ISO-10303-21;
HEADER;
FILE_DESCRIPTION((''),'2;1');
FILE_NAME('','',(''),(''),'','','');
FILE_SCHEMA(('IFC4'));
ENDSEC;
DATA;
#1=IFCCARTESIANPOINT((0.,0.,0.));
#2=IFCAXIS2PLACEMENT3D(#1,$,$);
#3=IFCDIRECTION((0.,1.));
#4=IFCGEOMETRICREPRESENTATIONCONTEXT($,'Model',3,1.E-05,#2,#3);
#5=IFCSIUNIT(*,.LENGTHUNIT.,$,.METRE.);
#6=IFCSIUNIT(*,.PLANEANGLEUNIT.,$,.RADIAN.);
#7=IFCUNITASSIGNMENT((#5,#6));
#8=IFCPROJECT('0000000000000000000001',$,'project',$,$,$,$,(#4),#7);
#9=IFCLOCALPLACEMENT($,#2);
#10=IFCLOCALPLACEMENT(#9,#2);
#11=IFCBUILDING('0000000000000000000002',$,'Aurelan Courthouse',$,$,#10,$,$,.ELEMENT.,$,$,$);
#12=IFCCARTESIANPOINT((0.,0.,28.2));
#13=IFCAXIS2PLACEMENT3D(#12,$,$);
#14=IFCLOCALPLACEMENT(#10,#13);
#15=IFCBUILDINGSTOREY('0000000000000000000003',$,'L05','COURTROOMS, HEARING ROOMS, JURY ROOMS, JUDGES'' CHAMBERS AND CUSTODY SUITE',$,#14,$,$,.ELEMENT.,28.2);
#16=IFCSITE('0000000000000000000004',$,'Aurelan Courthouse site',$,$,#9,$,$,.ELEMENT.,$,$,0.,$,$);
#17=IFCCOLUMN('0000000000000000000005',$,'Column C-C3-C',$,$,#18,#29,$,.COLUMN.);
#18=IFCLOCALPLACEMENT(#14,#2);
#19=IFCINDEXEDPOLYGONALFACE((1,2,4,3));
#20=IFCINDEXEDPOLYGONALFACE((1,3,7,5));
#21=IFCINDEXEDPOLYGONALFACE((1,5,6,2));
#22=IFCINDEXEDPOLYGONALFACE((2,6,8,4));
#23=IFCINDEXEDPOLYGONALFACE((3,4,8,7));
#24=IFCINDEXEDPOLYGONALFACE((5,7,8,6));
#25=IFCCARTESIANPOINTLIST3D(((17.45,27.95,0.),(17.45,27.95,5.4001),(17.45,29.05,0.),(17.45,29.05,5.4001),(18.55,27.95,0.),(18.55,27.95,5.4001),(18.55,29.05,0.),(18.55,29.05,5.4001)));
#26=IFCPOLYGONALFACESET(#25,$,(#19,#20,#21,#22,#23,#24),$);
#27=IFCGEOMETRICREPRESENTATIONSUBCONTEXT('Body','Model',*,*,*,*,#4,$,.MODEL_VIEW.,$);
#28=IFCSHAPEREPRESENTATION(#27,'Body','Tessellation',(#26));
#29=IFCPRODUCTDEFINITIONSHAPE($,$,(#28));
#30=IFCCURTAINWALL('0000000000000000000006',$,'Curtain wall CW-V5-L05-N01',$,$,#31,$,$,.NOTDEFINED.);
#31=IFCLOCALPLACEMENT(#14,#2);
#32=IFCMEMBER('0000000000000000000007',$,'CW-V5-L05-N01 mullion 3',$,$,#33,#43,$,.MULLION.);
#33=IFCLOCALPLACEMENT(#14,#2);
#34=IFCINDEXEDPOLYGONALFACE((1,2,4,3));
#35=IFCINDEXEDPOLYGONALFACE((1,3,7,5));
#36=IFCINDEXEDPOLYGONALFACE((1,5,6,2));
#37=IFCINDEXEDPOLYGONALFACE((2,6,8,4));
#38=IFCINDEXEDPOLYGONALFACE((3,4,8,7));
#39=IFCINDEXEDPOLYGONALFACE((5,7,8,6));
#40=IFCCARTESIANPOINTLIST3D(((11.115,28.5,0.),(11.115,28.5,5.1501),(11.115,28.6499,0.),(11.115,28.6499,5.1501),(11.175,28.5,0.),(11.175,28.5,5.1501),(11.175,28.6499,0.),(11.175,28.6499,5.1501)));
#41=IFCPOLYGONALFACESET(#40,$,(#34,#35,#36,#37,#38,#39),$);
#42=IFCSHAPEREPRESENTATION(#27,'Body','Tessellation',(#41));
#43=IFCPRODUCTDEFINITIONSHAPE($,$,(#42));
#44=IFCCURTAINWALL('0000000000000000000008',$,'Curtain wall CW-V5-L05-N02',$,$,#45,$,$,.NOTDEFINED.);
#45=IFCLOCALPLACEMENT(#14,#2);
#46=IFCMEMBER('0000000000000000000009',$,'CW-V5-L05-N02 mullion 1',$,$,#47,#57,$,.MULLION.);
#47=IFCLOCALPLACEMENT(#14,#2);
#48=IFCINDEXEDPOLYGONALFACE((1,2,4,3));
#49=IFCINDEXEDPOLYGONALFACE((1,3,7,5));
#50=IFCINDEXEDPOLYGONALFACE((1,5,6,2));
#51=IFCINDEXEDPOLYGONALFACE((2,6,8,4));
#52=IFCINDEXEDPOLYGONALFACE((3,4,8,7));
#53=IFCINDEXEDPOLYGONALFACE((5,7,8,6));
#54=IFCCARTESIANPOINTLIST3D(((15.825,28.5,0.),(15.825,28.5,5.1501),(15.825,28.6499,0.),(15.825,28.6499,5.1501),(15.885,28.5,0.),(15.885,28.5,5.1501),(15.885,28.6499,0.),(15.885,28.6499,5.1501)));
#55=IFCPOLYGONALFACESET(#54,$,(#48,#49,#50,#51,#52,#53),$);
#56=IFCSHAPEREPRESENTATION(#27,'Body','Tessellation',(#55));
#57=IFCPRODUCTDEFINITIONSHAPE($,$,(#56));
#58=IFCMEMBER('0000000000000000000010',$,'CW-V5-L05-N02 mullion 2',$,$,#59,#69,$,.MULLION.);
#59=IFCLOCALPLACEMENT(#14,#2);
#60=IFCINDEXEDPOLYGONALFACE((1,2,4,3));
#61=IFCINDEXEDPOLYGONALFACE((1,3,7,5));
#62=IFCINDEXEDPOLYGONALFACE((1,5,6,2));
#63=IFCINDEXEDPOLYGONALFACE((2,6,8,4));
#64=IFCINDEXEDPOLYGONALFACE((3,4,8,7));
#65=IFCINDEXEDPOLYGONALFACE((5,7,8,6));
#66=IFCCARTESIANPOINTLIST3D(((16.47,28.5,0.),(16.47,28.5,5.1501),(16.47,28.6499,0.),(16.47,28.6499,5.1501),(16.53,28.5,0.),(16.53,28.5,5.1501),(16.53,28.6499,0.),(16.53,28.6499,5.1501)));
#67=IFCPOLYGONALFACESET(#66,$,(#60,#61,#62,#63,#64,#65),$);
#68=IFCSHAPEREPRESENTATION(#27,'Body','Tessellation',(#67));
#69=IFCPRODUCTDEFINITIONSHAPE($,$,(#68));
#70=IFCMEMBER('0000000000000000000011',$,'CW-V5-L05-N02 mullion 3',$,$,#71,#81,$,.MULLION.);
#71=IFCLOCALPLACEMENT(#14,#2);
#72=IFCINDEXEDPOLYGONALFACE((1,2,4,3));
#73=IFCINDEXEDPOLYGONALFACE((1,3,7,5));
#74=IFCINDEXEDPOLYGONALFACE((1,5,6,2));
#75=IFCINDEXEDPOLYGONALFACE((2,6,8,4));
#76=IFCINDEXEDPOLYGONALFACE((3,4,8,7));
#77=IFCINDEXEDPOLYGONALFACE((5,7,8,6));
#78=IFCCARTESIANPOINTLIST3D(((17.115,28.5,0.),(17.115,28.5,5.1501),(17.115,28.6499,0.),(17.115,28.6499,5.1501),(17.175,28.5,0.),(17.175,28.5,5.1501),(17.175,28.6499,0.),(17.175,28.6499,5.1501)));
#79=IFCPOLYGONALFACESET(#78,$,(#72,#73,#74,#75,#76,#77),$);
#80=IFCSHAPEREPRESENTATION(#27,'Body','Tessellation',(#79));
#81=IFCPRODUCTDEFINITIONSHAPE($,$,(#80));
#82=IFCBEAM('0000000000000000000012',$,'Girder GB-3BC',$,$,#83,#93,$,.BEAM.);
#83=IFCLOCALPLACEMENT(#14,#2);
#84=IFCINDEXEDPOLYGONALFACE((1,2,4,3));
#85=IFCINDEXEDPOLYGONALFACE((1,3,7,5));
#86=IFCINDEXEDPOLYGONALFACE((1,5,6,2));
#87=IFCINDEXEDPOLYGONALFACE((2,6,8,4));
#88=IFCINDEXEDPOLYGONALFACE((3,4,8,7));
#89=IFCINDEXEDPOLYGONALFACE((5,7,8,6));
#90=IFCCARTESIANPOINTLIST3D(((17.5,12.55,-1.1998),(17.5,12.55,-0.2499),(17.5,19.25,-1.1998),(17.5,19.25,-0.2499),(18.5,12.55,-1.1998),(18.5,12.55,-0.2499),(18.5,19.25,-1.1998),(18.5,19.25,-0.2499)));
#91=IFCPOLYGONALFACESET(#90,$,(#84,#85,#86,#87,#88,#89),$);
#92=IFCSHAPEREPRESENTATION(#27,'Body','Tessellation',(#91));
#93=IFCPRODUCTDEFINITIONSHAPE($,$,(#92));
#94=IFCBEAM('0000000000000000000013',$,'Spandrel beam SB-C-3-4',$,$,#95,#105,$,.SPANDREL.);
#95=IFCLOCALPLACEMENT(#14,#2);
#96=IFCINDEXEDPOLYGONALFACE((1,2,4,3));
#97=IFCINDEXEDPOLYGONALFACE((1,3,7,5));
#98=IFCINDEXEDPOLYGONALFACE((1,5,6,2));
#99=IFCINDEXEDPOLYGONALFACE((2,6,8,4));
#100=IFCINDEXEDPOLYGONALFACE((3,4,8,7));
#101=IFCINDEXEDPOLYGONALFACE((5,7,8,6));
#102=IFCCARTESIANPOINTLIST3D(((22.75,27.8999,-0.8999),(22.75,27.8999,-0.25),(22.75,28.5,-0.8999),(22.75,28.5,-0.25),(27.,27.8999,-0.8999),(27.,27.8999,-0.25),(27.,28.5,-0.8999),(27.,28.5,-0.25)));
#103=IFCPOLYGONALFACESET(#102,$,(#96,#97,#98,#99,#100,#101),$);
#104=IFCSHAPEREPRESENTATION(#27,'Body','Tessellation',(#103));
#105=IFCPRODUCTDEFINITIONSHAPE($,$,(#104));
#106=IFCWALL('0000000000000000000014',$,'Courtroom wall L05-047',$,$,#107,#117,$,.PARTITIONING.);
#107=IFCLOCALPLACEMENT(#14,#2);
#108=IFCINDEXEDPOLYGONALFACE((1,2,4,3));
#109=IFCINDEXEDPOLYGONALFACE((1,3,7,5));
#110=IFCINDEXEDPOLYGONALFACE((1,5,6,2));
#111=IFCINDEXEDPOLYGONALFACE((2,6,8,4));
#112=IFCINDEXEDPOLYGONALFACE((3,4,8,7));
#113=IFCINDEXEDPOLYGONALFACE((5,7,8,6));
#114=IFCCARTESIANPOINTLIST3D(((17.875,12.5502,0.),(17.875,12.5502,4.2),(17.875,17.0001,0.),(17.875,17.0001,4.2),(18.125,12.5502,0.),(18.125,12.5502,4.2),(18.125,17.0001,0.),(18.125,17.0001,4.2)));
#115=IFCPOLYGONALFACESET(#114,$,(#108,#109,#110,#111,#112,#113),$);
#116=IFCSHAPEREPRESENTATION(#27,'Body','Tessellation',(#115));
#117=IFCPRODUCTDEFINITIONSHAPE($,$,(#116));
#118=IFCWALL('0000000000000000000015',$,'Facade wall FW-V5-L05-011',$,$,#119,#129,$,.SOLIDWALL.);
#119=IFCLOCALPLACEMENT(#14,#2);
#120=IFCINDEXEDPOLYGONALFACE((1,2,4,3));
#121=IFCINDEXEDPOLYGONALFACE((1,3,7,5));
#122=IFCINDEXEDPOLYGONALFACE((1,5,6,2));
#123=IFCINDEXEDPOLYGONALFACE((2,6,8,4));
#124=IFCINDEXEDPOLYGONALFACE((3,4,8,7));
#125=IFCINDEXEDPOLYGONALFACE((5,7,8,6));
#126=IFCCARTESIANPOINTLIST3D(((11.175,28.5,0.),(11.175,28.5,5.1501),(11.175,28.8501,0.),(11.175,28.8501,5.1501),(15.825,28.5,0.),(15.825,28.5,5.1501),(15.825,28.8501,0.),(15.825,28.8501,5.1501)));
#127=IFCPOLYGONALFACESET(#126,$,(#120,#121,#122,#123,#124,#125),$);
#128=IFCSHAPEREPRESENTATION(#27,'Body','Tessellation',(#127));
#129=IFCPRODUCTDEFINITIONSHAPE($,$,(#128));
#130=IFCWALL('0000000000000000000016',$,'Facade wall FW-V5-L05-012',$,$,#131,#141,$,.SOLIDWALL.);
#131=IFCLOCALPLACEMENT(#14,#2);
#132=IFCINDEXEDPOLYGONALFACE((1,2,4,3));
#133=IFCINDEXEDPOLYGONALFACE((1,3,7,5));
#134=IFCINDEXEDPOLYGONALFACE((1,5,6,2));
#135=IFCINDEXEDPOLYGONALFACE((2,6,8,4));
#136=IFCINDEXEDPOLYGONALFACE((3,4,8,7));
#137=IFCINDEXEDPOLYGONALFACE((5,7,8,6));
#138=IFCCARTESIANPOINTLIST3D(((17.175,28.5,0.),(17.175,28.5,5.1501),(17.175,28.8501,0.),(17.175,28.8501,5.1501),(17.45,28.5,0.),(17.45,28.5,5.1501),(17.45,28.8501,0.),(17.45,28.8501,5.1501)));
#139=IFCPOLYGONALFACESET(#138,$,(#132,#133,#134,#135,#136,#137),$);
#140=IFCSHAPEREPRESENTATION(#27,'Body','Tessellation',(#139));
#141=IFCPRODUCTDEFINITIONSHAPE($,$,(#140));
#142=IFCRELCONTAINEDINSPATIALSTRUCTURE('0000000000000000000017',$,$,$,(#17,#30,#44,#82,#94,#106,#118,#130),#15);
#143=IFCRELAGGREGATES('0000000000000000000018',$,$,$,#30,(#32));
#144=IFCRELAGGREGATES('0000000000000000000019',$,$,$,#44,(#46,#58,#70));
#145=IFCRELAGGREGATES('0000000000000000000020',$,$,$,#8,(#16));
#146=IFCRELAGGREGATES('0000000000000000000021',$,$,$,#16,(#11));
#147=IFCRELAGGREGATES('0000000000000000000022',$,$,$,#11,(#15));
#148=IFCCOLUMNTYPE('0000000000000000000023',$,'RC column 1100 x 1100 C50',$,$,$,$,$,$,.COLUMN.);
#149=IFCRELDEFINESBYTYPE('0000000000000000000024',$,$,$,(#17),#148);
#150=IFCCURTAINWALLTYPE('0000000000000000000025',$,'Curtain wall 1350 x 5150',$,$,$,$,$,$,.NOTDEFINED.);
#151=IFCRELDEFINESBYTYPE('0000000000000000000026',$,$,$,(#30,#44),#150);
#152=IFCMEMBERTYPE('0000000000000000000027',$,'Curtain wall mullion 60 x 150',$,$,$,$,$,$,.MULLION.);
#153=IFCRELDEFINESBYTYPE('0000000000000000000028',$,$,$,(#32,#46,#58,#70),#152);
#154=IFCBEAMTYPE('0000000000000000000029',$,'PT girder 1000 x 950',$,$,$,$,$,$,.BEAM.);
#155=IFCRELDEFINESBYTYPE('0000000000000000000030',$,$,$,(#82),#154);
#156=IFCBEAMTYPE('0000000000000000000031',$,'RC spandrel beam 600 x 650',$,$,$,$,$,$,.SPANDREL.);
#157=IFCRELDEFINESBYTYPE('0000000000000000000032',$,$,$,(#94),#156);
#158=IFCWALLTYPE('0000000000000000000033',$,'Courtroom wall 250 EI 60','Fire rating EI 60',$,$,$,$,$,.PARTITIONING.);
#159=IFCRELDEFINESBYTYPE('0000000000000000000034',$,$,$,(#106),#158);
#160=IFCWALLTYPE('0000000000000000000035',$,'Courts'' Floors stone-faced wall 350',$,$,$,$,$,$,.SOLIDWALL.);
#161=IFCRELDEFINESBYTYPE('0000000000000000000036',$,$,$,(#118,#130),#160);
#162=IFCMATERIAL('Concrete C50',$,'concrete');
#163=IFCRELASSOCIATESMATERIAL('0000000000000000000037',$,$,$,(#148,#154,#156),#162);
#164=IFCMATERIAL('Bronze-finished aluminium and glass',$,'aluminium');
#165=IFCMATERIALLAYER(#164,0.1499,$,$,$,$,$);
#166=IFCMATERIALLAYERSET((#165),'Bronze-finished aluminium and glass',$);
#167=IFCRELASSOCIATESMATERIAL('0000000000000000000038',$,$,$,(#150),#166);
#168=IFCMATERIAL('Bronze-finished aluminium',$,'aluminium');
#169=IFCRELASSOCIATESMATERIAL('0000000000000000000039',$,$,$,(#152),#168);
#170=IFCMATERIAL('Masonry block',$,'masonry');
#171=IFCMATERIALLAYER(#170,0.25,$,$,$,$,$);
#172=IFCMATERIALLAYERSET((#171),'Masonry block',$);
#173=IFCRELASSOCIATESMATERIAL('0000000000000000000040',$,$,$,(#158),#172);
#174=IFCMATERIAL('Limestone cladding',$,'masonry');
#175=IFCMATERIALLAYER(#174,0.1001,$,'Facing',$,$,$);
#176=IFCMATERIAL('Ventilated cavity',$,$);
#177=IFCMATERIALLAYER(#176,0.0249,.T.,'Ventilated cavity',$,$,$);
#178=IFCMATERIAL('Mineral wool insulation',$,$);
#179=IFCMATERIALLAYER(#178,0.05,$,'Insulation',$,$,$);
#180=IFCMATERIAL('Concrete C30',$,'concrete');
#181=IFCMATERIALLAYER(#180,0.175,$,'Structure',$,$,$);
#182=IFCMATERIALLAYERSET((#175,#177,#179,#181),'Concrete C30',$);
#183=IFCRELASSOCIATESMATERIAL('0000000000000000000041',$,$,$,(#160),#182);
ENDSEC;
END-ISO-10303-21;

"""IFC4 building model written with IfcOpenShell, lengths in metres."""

from ifc_helpers import new_model, si_unit, direction, frame, frame_2d, origin, origin_2d, place, context, subcontext, project, spatial, rectangle, extrude, material, layer, layer_set, material_profile, profile_set, type_object, element, aggregate, save


model = new_model("IFC4")

# Units and contexts
model_context = context("Model", 3, precision=1e-05, world=origin(), true_north=direction((0.0, 1.0)))
body_context = subcontext(model_context, "Body", "Model", "MODEL_VIEW")
ifc_project = project(units=[si_unit("LENGTHUNIT", "METRE"), si_unit("PLANEANGLEUNIT", "RADIAN")], contexts=[model_context])

# Site, building, storey
site_placement = place(None, origin())
site = spatial("IfcSite", under=ifc_project, at=site_placement, Name="Aurelan Courthouse site", CompositionType="ELEMENT", RefElevation=0.0)
building_placement = place(site_placement, origin())
building = spatial("IfcBuilding", under=site, at=building_placement, Name="Aurelan Courthouse", CompositionType="ELEMENT")
storey_placement = place(building_placement, frame((0.0, 0.0, 28.2)))
storey = spatial("IfcBuildingStorey", under=building, at=storey_placement, Name="L05", Description="COURTROOMS, HEARING ROOMS, JURY ROOMS, JUDGES' CHAMBERS AND CUSTODY SUITE", CompositionType="ELEMENT", Elevation=28.2)

# Column
ifc_material_1 = material(Name="Concrete C50", Category="concrete")
ifc_material_profile_1 = material_profile(ifc_material_1, rectangle(XDim=1.1001, YDim=1.1001, at=origin_2d()), Name="RC 1100 x 1100")
ifc_profile_set_1 = profile_set([ifc_material_profile_1], Name="Concrete C50")
column_type = type_object("IfcColumnType", Name="RC column 1100 x 1100 C50", PredefinedType="COLUMN", material=ifc_profile_set_1)
column_placement = place(storey_placement, frame((18.0, 28.5, 0.0), z_axis=(0.0, 0.0, 1.0), x_axis=(1.0, 0.0, 0.0)))
element("IfcColumn", 1, at=column_placement, inside=storey, type_object=column_type, Name="Column C-C3-C", PredefinedType="COLUMN", context=body_context, shape_type="SweptSolid", body=[
    extrude(rectangle(XDim=1.1001, YDim=1.1001, at=origin_2d()), origin(), (0.0, 0.0, 1.0), 5.4001),
])

# Curtain wall, member
ifc_material_2 = material(Name="Bronze-finished aluminium and glass", Category="aluminium")
ifc_layer_1 = layer(ifc_material_2, 0.1499)
ifc_layer_set_1 = layer_set([ifc_layer_1], Name="Bronze-finished aluminium and glass")
curtain_wall_type = type_object("IfcCurtainWallType", Name="Curtain wall 1350 x 5150", PredefinedType="NOTDEFINED", material=ifc_layer_set_1)
curtain_wall_1_placement = place(storey_placement, origin())
curtain_wall_1 = element("IfcCurtainWall", 2, at=curtain_wall_1_placement, inside=storey, type_object=curtain_wall_type, Name="Curtain wall CW-V5-L05-N01", PredefinedType="NOTDEFINED")
ifc_material_3 = material(Name="Bronze-finished aluminium", Category="aluminium")
ifc_material_profile_2 = material_profile(ifc_material_3, rectangle(XDim=0.1499, YDim=0.0601, at=origin_2d()), Name="Bronze mullion 60 x 150")
ifc_profile_set_2 = profile_set([ifc_material_profile_2], Name="Bronze-finished aluminium")
member_type = type_object("IfcMemberType", Name="Curtain wall mullion 60 x 150", PredefinedType="MULLION", material=ifc_profile_set_2)
member_1_placement = place(storey_placement, frame((11.145, 28.575, 0.0), z_axis=(0.0, 0.0, 1.0), x_axis=(0.0, 1.0, 0.0)))
member_1 = element("IfcMember", 3, at=member_1_placement, type_object=member_type, Name="CW-V5-L05-N01 mullion 3", PredefinedType="MULLION", context=body_context, shape_type="SweptSolid", body=[
    extrude(rectangle(XDim=0.1499, YDim=0.0601, at=origin_2d()), origin(), (0.0, 0.0, 1.0), 5.1501),
])
aggregate(curtain_wall_1, [member_1])

# Curtain wall, members
curtain_wall_2_placement = place(storey_placement, origin())
curtain_wall_2 = element("IfcCurtainWall", 4, at=curtain_wall_2_placement, inside=storey, type_object=curtain_wall_type, Name="Curtain wall CW-V5-L05-N02", PredefinedType="NOTDEFINED")
member_2_placement = place(storey_placement, frame((15.855, 28.575, 0.0), z_axis=(0.0, 0.0, 1.0), x_axis=(0.0, 1.0, 0.0)))
member_2 = element("IfcMember", 5, at=member_2_placement, type_object=member_type, Name="CW-V5-L05-N02 mullion 1", PredefinedType="MULLION", context=body_context, shape_type="SweptSolid", body=[
    extrude(rectangle(XDim=0.1499, YDim=0.0601, at=origin_2d()), origin(), (0.0, 0.0, 1.0), 5.1501),
])
member_3_placement = place(storey_placement, frame((16.5, 28.575, 0.0), z_axis=(0.0, 0.0, 1.0), x_axis=(0.0, 1.0, 0.0)))
member_3 = element("IfcMember", 6, at=member_3_placement, type_object=member_type, Name="CW-V5-L05-N02 mullion 2", PredefinedType="MULLION", context=body_context, shape_type="SweptSolid", body=[
    extrude(rectangle(XDim=0.1499, YDim=0.0601, at=origin_2d()), origin(), (0.0, 0.0, 1.0), 5.1501),
])
member_4_placement = place(storey_placement, frame((17.145, 28.575, 0.0), z_axis=(0.0, 0.0, 1.0), x_axis=(0.0, 1.0, 0.0)))
member_4 = element("IfcMember", 7, at=member_4_placement, type_object=member_type, Name="CW-V5-L05-N02 mullion 3", PredefinedType="MULLION", context=body_context, shape_type="SweptSolid", body=[
    extrude(rectangle(XDim=0.1499, YDim=0.0601, at=origin_2d()), origin(), (0.0, 0.0, 1.0), 5.1501),
])
aggregate(curtain_wall_2, [member_2, member_3, member_4])

# Beams
ifc_material_profile_3 = material_profile(ifc_material_1, rectangle(XDim=1.0, YDim=0.95, at=origin_2d()), Name="RC 1000 x 950")
ifc_profile_set_3 = profile_set([ifc_material_profile_3], Name="Concrete C50")
beam_type_1 = type_object("IfcBeamType", Name="PT girder 1000 x 950", PredefinedType="BEAM", material=ifc_profile_set_3)
beam_1_placement = place(storey_placement, frame((18.0, 12.55, -0.7249), z_axis=(0.0, 1.0, 0.0), x_axis=(-1.0, 0.0, 0.0)))
element("IfcBeam", 8, at=beam_1_placement, inside=storey, type_object=beam_type_1, Name="Girder GB-3BC", PredefinedType="BEAM", context=body_context, shape_type="SweptSolid", body=[
    extrude(rectangle(XDim=1.0, YDim=0.95, at=origin_2d()), origin(), (0.0, 0.0, 1.0), 6.7),
])
ifc_material_profile_4 = material_profile(ifc_material_1, rectangle(XDim=0.6001, YDim=0.6499, at=origin_2d()), Name="RC 600 x 650")
ifc_profile_set_4 = profile_set([ifc_material_profile_4], Name="Concrete C50")
beam_type_2 = type_object("IfcBeamType", Name="RC spandrel beam 600 x 650", PredefinedType="SPANDREL", material=ifc_profile_set_4)
beam_2_placement = place(storey_placement, frame((22.75, 28.2, -0.575), z_axis=(1.0, 0.0, 0.0), x_axis=(0.0, 1.0, 0.0)))
element("IfcBeam", 9, at=beam_2_placement, inside=storey, type_object=beam_type_2, Name="Spandrel beam SB-C-3-4", PredefinedType="SPANDREL", context=body_context, shape_type="SweptSolid", body=[
    extrude(rectangle(XDim=0.6001, YDim=0.6499, at=origin_2d()), origin(), (0.0, 0.0, 1.0), 4.25),
])

# Walls
ifc_material_4 = material(Name="Masonry block", Category="masonry")
ifc_layer_2 = layer(ifc_material_4, 0.25)
ifc_layer_set_2 = layer_set([ifc_layer_2], Name="Masonry block")
wall_type_1 = type_object("IfcWallType", Name="Courtroom wall 250 EI 60", Description="Fire rating EI 60", PredefinedType="PARTITIONING", material=ifc_layer_set_2)
wall_1_placement = place(storey_placement, frame((18.0, 12.55, 0.0), z_axis=(0.0, 0.0, 1.0), x_axis=(0.0, 1.0, 0.0)))
element("IfcWall", 10, at=wall_1_placement, inside=storey, type_object=wall_type_1, Name="Courtroom wall L05-047", PredefinedType="PARTITIONING", context=body_context, shape_type="SweptSolid", body=[
    extrude(rectangle(XDim=4.45, YDim=0.25, at=frame_2d((2.2251, 0.0))), origin(), (0.0, 0.0, 1.0), 4.2),
])
ifc_material_5 = material(Name="Limestone cladding", Category="masonry")
ifc_layer_3 = layer(ifc_material_5, 0.1001, Name="Facing")
ifc_material_6 = material(Name="Ventilated cavity")
ifc_layer_4 = layer(ifc_material_6, 0.0249, ventilated=True, Name="Ventilated cavity")
ifc_material_7 = material(Name="Mineral wool insulation")
ifc_layer_5 = layer(ifc_material_7, 0.05, Name="Insulation")
ifc_material_8 = material(Name="Concrete C30", Category="concrete")
ifc_layer_6 = layer(ifc_material_8, 0.175, Name="Structure")
ifc_layer_set_3 = layer_set([ifc_layer_3, ifc_layer_4, ifc_layer_5, ifc_layer_6], Name="Concrete C30")
wall_type_2 = type_object("IfcWallType", Name="Courts' Floors stone-faced wall 350", PredefinedType="SOLIDWALL", material=ifc_layer_set_3)
wall_2_placement = place(storey_placement, frame((11.175, 28.675, 0.0), z_axis=(0.0, 0.0, 1.0), x_axis=(1.0, 0.0, 0.0)))
element("IfcWall", 11, at=wall_2_placement, inside=storey, type_object=wall_type_2, Name="Facade wall FW-V5-L05-011", PredefinedType="SOLIDWALL", context=body_context, shape_type="SweptSolid", body=[
    extrude(rectangle(XDim=4.6499, YDim=0.3501, at=frame_2d((2.325, 0.0))), origin(), (0.0, 0.0, 1.0), 5.1501),
])
wall_3_placement = place(storey_placement, frame((17.175, 28.675, 0.0), z_axis=(0.0, 0.0, 1.0), x_axis=(1.0, 0.0, 0.0)))
element("IfcWall", 12, at=wall_3_placement, inside=storey, type_object=wall_type_2, Name="Facade wall FW-V5-L05-012", PredefinedType="SOLIDWALL", context=body_context, shape_type="SweptSolid", body=[
    extrude(rectangle(XDim=0.2749, YDim=0.3501, at=frame_2d((0.1375, 0.0))), origin(), (0.0, 0.0, 1.0), 5.1501),
])

save(model, "model.ifc")
